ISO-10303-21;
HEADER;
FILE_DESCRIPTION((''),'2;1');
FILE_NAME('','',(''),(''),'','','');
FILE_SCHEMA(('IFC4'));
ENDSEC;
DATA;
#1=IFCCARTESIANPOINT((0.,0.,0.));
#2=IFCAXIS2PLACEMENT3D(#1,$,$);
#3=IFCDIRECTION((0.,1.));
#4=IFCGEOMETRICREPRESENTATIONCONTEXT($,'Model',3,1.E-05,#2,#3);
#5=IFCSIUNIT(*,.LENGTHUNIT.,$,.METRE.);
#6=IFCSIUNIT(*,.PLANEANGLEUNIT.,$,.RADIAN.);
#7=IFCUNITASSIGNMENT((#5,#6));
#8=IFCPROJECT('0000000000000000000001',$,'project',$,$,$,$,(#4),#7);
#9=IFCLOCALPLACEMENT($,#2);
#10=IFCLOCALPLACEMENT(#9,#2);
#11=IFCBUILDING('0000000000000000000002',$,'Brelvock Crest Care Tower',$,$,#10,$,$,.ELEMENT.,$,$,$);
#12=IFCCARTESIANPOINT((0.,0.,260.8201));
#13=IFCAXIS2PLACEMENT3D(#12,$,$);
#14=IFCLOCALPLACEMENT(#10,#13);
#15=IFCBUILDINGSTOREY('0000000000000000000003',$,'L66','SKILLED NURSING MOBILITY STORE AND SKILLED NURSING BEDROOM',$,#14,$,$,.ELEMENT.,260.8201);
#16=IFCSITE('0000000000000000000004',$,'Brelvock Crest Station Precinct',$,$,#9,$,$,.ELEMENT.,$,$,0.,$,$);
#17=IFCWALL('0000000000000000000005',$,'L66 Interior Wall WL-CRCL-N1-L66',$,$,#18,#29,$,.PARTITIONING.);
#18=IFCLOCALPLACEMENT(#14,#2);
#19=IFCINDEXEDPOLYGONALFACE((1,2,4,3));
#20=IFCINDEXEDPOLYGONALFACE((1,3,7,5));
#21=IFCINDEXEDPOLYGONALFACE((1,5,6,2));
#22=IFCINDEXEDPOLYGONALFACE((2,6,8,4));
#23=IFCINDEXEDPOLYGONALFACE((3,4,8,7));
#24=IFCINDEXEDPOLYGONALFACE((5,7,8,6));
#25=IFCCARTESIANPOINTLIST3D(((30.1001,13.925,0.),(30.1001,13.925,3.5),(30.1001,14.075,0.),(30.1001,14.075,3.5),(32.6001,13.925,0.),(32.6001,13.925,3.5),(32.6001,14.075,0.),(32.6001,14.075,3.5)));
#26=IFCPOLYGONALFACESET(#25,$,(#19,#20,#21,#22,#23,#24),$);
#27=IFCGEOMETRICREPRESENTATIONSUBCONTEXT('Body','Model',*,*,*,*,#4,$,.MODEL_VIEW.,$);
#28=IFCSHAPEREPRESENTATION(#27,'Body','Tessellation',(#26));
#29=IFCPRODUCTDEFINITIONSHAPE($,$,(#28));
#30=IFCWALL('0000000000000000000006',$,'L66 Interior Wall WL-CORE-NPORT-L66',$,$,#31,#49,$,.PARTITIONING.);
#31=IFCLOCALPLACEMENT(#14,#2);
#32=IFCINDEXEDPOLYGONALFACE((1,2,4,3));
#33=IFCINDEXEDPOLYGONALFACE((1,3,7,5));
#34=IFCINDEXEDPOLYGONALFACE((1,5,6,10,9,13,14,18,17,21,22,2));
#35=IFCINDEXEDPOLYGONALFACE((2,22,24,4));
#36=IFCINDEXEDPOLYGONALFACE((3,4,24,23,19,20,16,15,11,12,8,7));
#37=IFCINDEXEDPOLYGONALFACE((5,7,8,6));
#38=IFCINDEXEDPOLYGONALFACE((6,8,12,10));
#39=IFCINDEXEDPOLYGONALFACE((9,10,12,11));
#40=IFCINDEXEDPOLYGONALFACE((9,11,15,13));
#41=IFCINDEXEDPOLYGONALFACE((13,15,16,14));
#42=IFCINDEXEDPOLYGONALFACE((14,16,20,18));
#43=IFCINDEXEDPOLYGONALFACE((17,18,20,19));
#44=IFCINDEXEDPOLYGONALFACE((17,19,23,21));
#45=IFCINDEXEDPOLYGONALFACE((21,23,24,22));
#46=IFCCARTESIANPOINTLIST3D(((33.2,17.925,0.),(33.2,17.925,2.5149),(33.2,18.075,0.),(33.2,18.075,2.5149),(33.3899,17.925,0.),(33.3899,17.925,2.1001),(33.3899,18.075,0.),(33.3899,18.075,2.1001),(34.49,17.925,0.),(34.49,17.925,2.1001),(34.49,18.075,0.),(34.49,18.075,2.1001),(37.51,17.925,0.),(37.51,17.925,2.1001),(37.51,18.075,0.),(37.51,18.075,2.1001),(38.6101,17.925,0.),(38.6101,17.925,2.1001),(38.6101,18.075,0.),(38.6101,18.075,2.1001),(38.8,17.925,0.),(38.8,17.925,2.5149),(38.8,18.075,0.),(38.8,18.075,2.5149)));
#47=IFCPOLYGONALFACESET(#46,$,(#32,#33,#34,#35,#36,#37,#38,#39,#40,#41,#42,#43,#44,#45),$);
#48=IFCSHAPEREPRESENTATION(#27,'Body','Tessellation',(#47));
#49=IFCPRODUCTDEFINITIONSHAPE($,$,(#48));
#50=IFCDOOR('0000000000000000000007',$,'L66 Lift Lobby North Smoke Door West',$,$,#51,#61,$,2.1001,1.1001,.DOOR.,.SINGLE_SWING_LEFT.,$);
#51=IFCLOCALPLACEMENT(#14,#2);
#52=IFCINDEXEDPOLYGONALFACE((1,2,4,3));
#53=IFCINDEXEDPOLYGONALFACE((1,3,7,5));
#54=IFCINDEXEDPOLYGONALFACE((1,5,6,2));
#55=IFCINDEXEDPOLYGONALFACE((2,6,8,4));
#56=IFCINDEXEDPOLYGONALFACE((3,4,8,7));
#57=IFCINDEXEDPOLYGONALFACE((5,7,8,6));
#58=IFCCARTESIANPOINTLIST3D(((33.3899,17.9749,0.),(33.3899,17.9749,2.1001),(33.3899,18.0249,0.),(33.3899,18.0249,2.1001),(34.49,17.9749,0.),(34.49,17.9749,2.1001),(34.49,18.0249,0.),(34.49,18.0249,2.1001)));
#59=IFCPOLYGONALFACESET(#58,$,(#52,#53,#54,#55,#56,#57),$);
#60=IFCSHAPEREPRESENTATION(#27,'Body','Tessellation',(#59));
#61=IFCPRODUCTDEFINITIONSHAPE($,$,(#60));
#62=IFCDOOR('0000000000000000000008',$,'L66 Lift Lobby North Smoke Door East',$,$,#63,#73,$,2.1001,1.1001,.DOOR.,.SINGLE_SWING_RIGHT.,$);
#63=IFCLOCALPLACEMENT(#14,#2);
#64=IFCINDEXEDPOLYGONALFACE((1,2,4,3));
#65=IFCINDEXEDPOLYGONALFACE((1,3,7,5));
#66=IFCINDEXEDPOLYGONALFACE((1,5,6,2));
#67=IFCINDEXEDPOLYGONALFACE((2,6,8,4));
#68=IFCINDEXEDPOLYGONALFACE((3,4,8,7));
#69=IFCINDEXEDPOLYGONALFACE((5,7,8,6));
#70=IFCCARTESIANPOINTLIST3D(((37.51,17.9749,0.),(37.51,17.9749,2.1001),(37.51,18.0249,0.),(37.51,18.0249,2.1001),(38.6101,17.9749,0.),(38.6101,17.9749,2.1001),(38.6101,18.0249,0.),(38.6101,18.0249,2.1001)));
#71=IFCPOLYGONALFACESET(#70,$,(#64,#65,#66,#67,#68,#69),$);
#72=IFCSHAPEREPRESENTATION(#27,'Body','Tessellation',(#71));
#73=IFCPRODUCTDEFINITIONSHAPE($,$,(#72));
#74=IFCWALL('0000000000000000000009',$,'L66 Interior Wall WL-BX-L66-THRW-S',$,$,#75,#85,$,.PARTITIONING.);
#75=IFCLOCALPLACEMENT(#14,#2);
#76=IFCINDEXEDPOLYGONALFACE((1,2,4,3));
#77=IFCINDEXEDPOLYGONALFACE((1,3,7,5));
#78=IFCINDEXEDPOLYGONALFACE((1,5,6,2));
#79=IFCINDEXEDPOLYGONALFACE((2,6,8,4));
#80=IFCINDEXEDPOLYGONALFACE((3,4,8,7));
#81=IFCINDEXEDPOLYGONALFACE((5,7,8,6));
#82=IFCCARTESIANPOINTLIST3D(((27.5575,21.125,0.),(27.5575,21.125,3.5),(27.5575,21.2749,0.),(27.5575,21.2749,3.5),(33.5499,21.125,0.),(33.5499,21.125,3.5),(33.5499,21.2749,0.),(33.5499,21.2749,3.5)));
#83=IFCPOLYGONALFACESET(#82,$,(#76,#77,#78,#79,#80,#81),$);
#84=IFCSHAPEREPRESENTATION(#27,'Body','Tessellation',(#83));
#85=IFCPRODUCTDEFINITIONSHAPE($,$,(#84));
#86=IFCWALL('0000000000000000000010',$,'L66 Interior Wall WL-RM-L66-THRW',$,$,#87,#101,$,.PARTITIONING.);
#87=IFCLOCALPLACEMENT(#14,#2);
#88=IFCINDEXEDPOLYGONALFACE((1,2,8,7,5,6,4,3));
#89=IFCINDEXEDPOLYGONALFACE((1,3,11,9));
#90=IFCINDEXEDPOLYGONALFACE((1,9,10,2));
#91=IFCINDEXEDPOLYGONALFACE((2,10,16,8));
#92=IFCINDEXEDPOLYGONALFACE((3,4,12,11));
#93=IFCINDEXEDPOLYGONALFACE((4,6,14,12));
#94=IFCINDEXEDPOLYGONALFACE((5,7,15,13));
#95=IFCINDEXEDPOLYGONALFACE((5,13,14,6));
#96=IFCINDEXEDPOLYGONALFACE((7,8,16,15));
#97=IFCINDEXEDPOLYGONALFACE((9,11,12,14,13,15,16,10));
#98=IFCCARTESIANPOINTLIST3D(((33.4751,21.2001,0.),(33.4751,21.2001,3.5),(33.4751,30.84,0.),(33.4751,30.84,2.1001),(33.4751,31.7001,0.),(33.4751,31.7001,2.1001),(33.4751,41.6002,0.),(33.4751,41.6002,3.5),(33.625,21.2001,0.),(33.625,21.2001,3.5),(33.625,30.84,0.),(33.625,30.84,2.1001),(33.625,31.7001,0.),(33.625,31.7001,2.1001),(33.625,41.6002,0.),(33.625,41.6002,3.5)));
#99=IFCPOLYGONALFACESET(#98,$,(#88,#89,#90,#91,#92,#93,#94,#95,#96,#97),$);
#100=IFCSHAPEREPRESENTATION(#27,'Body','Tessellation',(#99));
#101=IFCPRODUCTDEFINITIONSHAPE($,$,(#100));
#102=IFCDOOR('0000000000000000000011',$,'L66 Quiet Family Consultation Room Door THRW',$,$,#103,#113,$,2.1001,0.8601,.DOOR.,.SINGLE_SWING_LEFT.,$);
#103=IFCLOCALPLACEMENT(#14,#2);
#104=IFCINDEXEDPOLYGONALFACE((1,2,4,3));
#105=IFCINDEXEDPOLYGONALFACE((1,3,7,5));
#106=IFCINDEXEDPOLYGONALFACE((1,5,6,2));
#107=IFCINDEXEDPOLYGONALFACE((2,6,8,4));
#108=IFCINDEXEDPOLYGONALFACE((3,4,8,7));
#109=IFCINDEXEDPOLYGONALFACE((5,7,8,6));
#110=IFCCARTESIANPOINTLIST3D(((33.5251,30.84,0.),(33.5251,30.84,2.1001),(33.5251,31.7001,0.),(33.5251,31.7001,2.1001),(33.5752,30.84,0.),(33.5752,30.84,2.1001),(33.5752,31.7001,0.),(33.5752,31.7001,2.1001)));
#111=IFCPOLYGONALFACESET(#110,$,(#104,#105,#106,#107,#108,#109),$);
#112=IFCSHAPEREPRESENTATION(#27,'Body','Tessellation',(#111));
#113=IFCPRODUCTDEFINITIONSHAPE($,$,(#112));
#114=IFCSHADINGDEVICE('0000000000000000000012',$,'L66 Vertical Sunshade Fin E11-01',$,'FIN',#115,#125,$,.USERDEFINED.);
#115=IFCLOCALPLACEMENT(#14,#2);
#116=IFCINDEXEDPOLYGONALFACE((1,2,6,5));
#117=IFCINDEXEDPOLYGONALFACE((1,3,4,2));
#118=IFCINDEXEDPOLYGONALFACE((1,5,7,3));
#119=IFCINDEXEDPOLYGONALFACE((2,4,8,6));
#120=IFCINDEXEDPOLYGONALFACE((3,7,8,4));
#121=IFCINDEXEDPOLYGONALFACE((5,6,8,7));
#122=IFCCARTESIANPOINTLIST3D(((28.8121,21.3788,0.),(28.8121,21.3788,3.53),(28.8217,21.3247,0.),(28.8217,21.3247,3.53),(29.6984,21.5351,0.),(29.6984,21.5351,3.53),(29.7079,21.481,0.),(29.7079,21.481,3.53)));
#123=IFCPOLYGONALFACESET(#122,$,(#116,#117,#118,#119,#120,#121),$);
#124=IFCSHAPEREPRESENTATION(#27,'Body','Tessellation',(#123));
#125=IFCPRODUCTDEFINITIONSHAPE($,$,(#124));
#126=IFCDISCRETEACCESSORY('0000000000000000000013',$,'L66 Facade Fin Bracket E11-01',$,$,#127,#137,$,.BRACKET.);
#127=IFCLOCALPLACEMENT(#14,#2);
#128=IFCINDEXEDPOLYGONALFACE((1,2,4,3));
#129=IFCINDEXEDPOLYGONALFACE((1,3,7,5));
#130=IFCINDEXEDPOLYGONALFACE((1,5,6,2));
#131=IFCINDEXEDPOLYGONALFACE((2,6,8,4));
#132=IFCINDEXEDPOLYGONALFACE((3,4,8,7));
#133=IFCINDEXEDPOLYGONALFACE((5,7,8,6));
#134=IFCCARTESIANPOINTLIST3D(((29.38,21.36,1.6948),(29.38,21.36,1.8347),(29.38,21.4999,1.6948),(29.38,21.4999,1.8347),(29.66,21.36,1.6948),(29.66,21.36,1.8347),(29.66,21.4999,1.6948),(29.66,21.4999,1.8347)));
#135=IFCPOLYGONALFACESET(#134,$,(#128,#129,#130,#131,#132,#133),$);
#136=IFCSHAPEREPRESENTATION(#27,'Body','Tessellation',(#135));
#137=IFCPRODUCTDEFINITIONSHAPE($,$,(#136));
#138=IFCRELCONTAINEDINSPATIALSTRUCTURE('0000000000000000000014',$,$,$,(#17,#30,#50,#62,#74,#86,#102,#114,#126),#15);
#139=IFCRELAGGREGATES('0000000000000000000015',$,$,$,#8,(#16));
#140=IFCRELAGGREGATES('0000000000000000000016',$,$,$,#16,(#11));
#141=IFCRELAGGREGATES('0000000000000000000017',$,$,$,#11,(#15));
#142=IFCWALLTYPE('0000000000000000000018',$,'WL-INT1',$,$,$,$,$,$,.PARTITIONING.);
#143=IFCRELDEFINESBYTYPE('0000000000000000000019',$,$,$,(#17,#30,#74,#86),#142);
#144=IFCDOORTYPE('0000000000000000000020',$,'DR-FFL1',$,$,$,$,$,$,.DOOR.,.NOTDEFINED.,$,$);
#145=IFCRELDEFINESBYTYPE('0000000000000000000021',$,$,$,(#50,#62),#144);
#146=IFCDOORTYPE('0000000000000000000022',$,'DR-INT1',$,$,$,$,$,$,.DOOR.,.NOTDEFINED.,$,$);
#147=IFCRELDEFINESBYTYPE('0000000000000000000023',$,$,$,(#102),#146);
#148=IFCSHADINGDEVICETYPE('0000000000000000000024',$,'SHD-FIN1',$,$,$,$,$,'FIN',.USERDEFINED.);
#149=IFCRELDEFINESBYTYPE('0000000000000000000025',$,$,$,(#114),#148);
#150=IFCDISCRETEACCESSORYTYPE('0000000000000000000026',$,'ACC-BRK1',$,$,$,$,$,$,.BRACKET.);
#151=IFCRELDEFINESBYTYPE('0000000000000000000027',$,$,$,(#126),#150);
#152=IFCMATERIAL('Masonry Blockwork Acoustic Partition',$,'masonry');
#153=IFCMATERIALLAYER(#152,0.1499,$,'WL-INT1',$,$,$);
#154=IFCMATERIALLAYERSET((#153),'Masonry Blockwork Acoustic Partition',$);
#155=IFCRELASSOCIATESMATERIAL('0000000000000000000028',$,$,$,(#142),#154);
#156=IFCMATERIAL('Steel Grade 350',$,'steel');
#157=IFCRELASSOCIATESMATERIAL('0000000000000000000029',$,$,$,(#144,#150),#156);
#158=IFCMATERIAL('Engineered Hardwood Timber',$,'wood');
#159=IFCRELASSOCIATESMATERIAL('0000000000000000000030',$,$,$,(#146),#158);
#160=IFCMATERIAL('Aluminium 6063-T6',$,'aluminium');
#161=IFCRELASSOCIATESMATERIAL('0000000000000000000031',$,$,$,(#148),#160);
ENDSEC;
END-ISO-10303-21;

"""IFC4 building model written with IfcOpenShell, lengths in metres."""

from ifc_helpers import new_model, si_unit, direction, frame, frame_2d, origin, origin_2d, place, context, subcontext, project, spatial, rectangle, extrude, source, transform, mapped, material, layer, layer_set, material_profile, profile_set, type_object, element, fill, save


model = new_model("IFC4")

# Units and contexts
model_context = context("Model", 3, precision=1e-05, world=origin(), true_north=direction((0.0, 1.0)))
body_context = subcontext(model_context, "Body", "Model", "MODEL_VIEW")
ifc_project = project(units=[si_unit("LENGTHUNIT", "METRE"), si_unit("PLANEANGLEUNIT", "RADIAN")], contexts=[model_context])

# Site, building, storey
site_placement = place(None, origin())
site = spatial("IfcSite", under=ifc_project, at=site_placement, Name="Brelvock Crest Station Precinct", CompositionType="ELEMENT", RefElevation=0.0)
building_placement = place(site_placement, origin())
building = spatial("IfcBuilding", under=site, at=building_placement, Name="Brelvock Crest Care Tower", CompositionType="ELEMENT")
storey_placement = place(building_placement, frame((0.0, 0.0, 260.8201)))
storey = spatial("IfcBuildingStorey", under=building, at=storey_placement, Name="L66", Description="SKILLED NURSING MOBILITY STORE AND SKILLED NURSING BEDROOM", CompositionType="ELEMENT", Elevation=260.8201)

# Shared definitions
ifc_material_1 = material(Name="Steel Grade 350", Category="steel")

# Shared definitions
ifc_material_2 = material(Name="Aluminium 6063-T6", Category="aluminium")

# Wall
ifc_material_3 = material(Name="Masonry Blockwork Acoustic Partition", Category="masonry")
ifc_layer_1 = layer(ifc_material_3, 0.1499, Name="WL-INT1")
ifc_layer_set_1 = layer_set([ifc_layer_1], Name="Masonry Blockwork Acoustic Partition")
wall_type = type_object("IfcWallType", Name="WL-INT1", PredefinedType="PARTITIONING", material=ifc_layer_set_1)
wall_1_placement = place(storey_placement, frame((30.1001, 14.0, 0.0), z_axis=(0.0, 0.0, 1.0), x_axis=(1.0, 0.0, 0.0)))
element("IfcWall", 1, at=wall_1_placement, inside=storey, type_object=wall_type, Name="L66 Interior Wall WL-CRCL-N1-L66", PredefinedType="PARTITIONING", context=body_context, shape_type="SweptSolid", body=[
    extrude(rectangle(XDim=2.5, YDim=0.1499, at=frame_2d((1.25, 0.0))), origin(), (0.0, 0.0, 1.0), 3.5),
])

# Wall, openings, doors
wall_2_placement = place(storey_placement, frame((33.2, 18.0, 0.0), z_axis=(0.0, 0.0, 1.0), x_axis=(1.0, 0.0, 0.0)))
wall_2 = element("IfcWall", 2, at=wall_2_placement, inside=storey, type_object=wall_type, Name="L66 Interior Wall WL-CORE-NPORT-L66", PredefinedType="PARTITIONING", context=body_context, shape_type="SweptSolid", body=[
    extrude(rectangle(XDim=5.6001, YDim=0.1499, at=frame_2d((2.8, 0.0))), origin(), (0.0, 0.0, 1.0), 2.5149),
])
opening_1_placement = place(wall_2_placement, frame((0.1899, 0.0, 0.0)))
opening_1 = element("IfcOpeningElement", 3, at=opening_1_placement, cuts=wall_2, PredefinedType="OPENING", context=body_context, shape_type="SweptSolid", body=[
    extrude(rectangle(XDim=1.1001, YDim=2.1001, at=origin_2d()), frame((0.55, 0.085, 1.05), z_axis=(0.0, -1.0, 0.0), x_axis=(1.0, 0.0, 0.0)), (0.0, 0.0, 1.0), 0.1699),
])
opening_2_placement = place(wall_2_placement, frame((4.3101, 0.0, 0.0)))
opening_2 = element("IfcOpeningElement", 4, at=opening_2_placement, cuts=wall_2, PredefinedType="OPENING", context=body_context, shape_type="SweptSolid", body=[
    extrude(rectangle(XDim=1.1001, YDim=2.1001, at=origin_2d()), frame((0.55, 0.085, 1.05), z_axis=(0.0, -1.0, 0.0), x_axis=(1.0, 0.0, 0.0)), (0.0, 0.0, 1.0), 0.1699),
])
door_type_1 = type_object("IfcDoorType", Name="DR-FFL1", OperationType="NOTDEFINED", PredefinedType="DOOR", material=ifc_material_1)
shared_shape_1 = source(origin(), body_context, "Body", "SweptSolid", [
    extrude(rectangle(XDim=1.1001, YDim=2.1001, at=origin_2d()), frame((0.55, 0.0249, 1.05), z_axis=(0.0, -1.0, 0.0), x_axis=(1.0, 0.0, 0.0)), (0.0, 0.0, 1.0), 0.05),
])
door_1_placement = place(opening_1_placement, origin())
door_1 = element("IfcDoor", 5, at=door_1_placement, inside=storey, type_object=door_type_1, Name="L66 Lift Lobby North Smoke Door West", OperationType="SINGLE_SWING_LEFT", OverallHeight=2.1001, OverallWidth=1.1001, PredefinedType="DOOR", context=body_context, shape_type="MappedRepresentation", body=[
    mapped(shared_shape_1, transform((0.0, 0.0, 0.0), x_axis=(1.0, 0.0, 0.0), y_axis=(0.0, 1.0, 0.0), z_axis=(0.0, 0.0, 1.0), scale=1.0)),
])
fill(opening_1, door_1)
door_2_placement = place(opening_2_placement, origin())
door_2 = element("IfcDoor", 6, at=door_2_placement, inside=storey, type_object=door_type_1, Name="L66 Lift Lobby North Smoke Door East", OperationType="SINGLE_SWING_RIGHT", OverallHeight=2.1001, OverallWidth=1.1001, PredefinedType="DOOR", context=body_context, shape_type="MappedRepresentation", body=[
    mapped(shared_shape_1, transform((0.0, 0.0, 0.0), x_axis=(1.0, 0.0, 0.0), y_axis=(0.0, 1.0, 0.0), z_axis=(0.0, 0.0, 1.0), scale=1.0)),
])
fill(opening_2, door_2)

# Wall
wall_3_placement = place(storey_placement, frame((27.5576, 21.2, 0.0), z_axis=(0.0, 0.0, 1.0), x_axis=(1.0, 0.0, 0.0)))
element("IfcWall", 7, at=wall_3_placement, inside=storey, type_object=wall_type, Name="L66 Interior Wall WL-BX-L66-THRW-S", PredefinedType="PARTITIONING", context=body_context, shape_type="SweptSolid", body=[
    extrude(rectangle(XDim=5.9924, YDim=0.1499, at=frame_2d((2.9961, 0.0))), origin(), (0.0, 0.0, 1.0), 3.5),
])

# Wall, opening, door
wall_4_placement = place(storey_placement, frame((33.55, 21.2, 0.0), z_axis=(0.0, 0.0, 1.0), x_axis=(0.0, 1.0, 0.0)))
wall_4 = element("IfcWall", 8, at=wall_4_placement, inside=storey, type_object=wall_type, Name="L66 Interior Wall WL-RM-L66-THRW", PredefinedType="PARTITIONING", context=body_context, shape_type="SweptSolid", body=[
    extrude(rectangle(XDim=20.4001, YDim=0.1499, at=frame_2d((10.2002, 0.0))), origin(), (0.0, 0.0, 1.0), 3.5),
])
opening_3_placement = place(wall_4_placement, frame((9.6399, 0.0, 0.0)))
opening_3 = element("IfcOpeningElement", 9, at=opening_3_placement, cuts=wall_4, PredefinedType="OPENING", context=body_context, shape_type="SweptSolid", body=[
    extrude(rectangle(XDim=0.8601, YDim=2.1001, at=origin_2d()), frame((0.4302, 0.085, 1.05), z_axis=(0.0, -1.0, 0.0), x_axis=(1.0, 0.0, 0.0)), (0.0, 0.0, 1.0), 0.1699),
])
ifc_material_4 = material(Name="Engineered Hardwood Timber", Category="wood")
door_type_2 = type_object("IfcDoorType", Name="DR-INT1", OperationType="NOTDEFINED", PredefinedType="DOOR", material=ifc_material_4)
shared_shape_2 = source(origin(), body_context, "Body", "SweptSolid", [
    extrude(rectangle(XDim=0.8601, YDim=2.1001, at=origin_2d()), frame((0.4302, 0.0249, 1.05), z_axis=(0.0, -1.0, 0.0), x_axis=(1.0, 0.0, 0.0)), (0.0, 0.0, 1.0), 0.05),
])
door_3_placement = place(opening_3_placement, origin())
door_3 = element("IfcDoor", 10, at=door_3_placement, inside=storey, type_object=door_type_2, Name="L66 Quiet Family Consultation Room Door THRW", OperationType="SINGLE_SWING_LEFT", OverallHeight=2.1001, OverallWidth=0.8601, PredefinedType="DOOR", context=body_context, shape_type="MappedRepresentation", body=[
    mapped(shared_shape_2, transform((0.0, 0.0, 0.0), x_axis=(1.0, 0.0, 0.0), y_axis=(0.0, 1.0, 0.0), z_axis=(0.0, 0.0, 1.0), scale=1.0)),
])
fill(opening_3, door_3)

# Shading device
ifc_material_profile_1 = material_profile(ifc_material_2, rectangle(XDim=0.0549, YDim=0.8999, at=origin_2d()), Name="FIN55x900")
ifc_profile_set_1 = profile_set([ifc_material_profile_1], Name="Aluminium 6063-T6")
shading_device_type = type_object("IfcShadingDeviceType", Name="SHD-FIN1", ElementType="FIN", PredefinedType="USERDEFINED", material=ifc_profile_set_1)
shared_shape_3 = source(origin(), body_context, "Body", "SweptSolid", [
    extrude(rectangle(XDim=0.0549, YDim=0.8999, at=origin_2d()), origin(), (0.0, 0.0, 1.0), 3.53),
])
shading_device_placement = place(storey_placement, frame((29.26, 21.4299, 0.0), z_axis=(0.0, 0.0, 1.0), x_axis=(-0.173648, 0.984808, 0.0)))
element("IfcShadingDevice", 11, at=shading_device_placement, inside=storey, type_object=shading_device_type, Name="L66 Vertical Sunshade Fin E11-01", ObjectType="FIN", PredefinedType="USERDEFINED", context=body_context, shape_type="MappedRepresentation", body=[
    mapped(shared_shape_3, transform((0.0, 0.0, 0.0), x_axis=(1.0, 0.0, 0.0), y_axis=(0.0, 1.0, 0.0), z_axis=(0.0, 0.0, 1.0), scale=1.0)),
])

# Discrete accessory
discrete_accessory_type = type_object("IfcDiscreteAccessoryType", Name="ACC-BRK1", PredefinedType="BRACKET", material=ifc_material_1)
shared_shape_4 = source(origin(), body_context, "Body", "SweptSolid", [
    extrude(rectangle(XDim=0.28, YDim=0.1399, at=origin_2d()), origin(), (0.0, 0.0, 1.0), 0.1399),
])
discrete_accessory_placement = place(storey_placement, frame((29.52, 21.4299, 1.6948), z_axis=(0.0, 0.0, 1.0), x_axis=(-1.0, 0.0, 0.0)))
element("IfcDiscreteAccessory", 12, at=discrete_accessory_placement, inside=storey, type_object=discrete_accessory_type, Name="L66 Facade Fin Bracket E11-01", PredefinedType="BRACKET", context=body_context, shape_type="MappedRepresentation", body=[
    mapped(shared_shape_4, transform((0.0, 0.0, 0.0), x_axis=(1.0, 0.0, 0.0), y_axis=(0.0, 1.0, 0.0), z_axis=(0.0, 0.0, 1.0), scale=1.0)),
])

save(model, "model.ifc")
